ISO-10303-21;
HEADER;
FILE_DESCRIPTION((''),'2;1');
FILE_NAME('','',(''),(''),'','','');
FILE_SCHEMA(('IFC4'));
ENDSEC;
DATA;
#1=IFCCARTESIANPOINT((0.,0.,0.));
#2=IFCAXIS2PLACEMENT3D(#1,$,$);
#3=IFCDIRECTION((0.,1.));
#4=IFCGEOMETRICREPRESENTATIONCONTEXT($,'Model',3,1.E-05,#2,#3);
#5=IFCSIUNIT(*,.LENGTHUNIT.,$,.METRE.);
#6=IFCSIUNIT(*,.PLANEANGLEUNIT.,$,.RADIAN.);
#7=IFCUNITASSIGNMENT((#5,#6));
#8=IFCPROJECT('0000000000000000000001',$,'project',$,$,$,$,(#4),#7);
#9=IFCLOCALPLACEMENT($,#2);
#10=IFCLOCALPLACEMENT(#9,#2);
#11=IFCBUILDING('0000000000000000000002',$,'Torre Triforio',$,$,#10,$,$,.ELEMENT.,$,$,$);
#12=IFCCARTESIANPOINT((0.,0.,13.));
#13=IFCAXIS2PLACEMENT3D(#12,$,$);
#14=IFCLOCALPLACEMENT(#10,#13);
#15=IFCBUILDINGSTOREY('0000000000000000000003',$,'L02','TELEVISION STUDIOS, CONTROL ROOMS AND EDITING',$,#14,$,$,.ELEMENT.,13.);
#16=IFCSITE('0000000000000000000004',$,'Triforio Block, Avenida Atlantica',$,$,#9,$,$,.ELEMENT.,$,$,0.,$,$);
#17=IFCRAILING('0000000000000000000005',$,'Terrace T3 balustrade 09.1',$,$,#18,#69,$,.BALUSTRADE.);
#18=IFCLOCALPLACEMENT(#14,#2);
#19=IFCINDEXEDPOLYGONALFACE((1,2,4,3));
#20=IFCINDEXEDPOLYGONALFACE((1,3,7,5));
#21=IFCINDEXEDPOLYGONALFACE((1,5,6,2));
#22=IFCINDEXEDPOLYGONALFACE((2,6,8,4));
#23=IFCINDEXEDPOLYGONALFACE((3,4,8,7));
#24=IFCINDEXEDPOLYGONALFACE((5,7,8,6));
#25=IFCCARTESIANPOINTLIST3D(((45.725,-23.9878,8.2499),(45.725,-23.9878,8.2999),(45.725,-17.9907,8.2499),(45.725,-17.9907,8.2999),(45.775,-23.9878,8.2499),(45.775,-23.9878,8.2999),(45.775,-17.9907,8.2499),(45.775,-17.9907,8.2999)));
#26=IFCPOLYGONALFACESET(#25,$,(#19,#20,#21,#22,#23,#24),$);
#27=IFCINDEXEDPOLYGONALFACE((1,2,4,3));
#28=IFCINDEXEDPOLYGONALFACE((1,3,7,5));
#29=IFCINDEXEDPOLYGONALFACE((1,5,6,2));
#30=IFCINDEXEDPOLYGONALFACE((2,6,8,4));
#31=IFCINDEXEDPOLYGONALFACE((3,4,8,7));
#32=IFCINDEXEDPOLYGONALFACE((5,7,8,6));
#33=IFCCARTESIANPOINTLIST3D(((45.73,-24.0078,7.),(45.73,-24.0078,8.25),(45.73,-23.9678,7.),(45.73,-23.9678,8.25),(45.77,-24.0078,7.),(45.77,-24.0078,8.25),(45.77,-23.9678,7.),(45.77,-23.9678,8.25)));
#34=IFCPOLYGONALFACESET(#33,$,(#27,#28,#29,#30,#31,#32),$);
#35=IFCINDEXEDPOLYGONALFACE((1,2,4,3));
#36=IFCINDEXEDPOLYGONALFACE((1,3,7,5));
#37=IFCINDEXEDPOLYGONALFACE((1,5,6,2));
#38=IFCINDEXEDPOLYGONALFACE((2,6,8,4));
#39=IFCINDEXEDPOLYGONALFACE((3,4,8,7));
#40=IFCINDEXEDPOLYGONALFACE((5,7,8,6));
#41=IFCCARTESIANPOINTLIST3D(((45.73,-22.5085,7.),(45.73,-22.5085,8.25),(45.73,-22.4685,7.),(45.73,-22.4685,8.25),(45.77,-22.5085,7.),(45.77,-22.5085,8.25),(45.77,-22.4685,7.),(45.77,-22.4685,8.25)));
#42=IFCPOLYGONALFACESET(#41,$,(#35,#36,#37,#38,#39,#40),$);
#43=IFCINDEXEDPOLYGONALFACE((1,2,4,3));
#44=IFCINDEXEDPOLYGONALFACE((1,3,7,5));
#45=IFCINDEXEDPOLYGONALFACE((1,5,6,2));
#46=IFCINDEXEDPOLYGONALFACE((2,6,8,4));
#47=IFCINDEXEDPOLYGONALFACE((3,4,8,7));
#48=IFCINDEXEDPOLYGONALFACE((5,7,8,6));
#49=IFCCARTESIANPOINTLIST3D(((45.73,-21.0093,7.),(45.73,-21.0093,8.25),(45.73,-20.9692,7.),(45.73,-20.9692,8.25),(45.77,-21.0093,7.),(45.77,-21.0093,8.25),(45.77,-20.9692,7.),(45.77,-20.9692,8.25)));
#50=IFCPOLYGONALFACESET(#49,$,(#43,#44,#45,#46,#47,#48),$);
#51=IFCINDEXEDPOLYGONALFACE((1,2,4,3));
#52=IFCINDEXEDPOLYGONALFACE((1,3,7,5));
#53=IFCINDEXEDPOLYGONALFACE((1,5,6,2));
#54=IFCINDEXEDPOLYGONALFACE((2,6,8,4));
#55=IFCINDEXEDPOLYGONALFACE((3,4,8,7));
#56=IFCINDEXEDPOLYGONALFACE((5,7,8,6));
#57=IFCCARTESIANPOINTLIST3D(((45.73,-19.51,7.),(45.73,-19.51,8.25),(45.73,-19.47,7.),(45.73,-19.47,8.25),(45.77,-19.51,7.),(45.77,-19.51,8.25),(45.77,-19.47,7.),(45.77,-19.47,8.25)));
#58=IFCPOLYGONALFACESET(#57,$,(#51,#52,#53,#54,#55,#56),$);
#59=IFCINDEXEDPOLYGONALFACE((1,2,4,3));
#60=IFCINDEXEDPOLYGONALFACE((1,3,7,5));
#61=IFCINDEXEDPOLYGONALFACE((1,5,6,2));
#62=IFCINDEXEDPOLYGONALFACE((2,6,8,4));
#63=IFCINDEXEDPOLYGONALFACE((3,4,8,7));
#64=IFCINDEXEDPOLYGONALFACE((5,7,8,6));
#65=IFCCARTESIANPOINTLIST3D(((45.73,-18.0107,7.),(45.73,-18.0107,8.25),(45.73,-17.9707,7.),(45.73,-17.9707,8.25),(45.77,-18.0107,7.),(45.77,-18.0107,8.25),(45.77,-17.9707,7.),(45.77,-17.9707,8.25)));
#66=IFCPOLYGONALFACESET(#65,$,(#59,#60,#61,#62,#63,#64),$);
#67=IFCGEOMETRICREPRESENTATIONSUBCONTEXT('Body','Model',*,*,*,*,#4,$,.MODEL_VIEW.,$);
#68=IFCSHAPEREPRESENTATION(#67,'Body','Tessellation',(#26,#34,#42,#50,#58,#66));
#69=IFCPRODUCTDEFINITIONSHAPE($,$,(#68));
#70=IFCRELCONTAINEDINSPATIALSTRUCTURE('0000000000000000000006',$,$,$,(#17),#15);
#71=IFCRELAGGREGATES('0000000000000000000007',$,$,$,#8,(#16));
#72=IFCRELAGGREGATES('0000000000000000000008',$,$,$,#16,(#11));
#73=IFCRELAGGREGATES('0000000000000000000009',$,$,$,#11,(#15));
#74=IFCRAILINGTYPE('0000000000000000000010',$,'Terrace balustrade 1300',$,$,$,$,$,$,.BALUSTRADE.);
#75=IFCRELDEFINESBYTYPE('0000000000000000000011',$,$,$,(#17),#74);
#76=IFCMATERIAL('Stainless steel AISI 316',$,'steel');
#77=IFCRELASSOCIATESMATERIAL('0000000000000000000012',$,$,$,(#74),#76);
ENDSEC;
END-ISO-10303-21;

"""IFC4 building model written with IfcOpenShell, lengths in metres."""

from ifc_helpers import new_model, si_unit, direction, frame, origin, origin_2d, place, context, subcontext, project, spatial, rectangle, extrude, material, type_object, element, save


model = new_model("IFC4")

# Units and contexts
model_context = context("Model", 3, precision=1e-05, world=origin(), true_north=direction((0.0, 1.0)))
body_context = subcontext(model_context, "Body", "Model", "MODEL_VIEW")
ifc_project = project(units=[si_unit("LENGTHUNIT", "METRE"), si_unit("PLANEANGLEUNIT", "RADIAN")], contexts=[model_context])

# Site, building, storey
site_placement = place(None, origin())
site = spatial("IfcSite", under=ifc_project, at=site_placement, Name="Triforio Block, Avenida Atlantica", CompositionType="ELEMENT", RefElevation=0.0)
building_placement = place(site_placement, origin())
building = spatial("IfcBuilding", under=site, at=building_placement, Name="Torre Triforio", CompositionType="ELEMENT")
storey_placement = place(building_placement, frame((0.0, 0.0, 13.0)))
storey = spatial("IfcBuildingStorey", under=building, at=storey_placement, Name="L02", Description="TELEVISION STUDIOS, CONTROL ROOMS AND EDITING", CompositionType="ELEMENT", Elevation=13.0)

# Railing
ifc_material_1 = material(Name="Stainless steel AISI 316", Category="steel")
railing_type = type_object("IfcRailingType", Name="Terrace balustrade 1300", PredefinedType="BALUSTRADE", material=ifc_material_1)
railing_1_placement = place(storey_placement, frame((45.75, -23.9878, 7.0)))
element("IfcRailing", 1, at=railing_1_placement, inside=storey, type_object=railing_type, Name="Terrace T3 balustrade 09.1", PredefinedType="BALUSTRADE", context=body_context, shape_type="SweptSolid", body=[
    extrude(rectangle(XDim=0.05, YDim=0.05, at=origin_2d()), frame((0.0, 0.0, 1.2749), z_axis=(0.0, 1.0, 0.0), x_axis=(-1.0, 0.0, 0.0)), (0.0, 0.0, 1.0), 5.9971),
    extrude(rectangle(XDim=0.04, YDim=0.04, at=origin_2d()), origin(), (0.0, 0.0, 1.0), 1.25),
    extrude(rectangle(XDim=0.04, YDim=0.04, at=origin_2d()), frame((0.0, 1.4993, 0.0)), (0.0, 0.0, 1.0), 1.25),
    extrude(rectangle(XDim=0.04, YDim=0.04, at=origin_2d()), frame((0.0, 2.9985, 0.0)), (0.0, 0.0, 1.0), 1.25),
    extrude(rectangle(XDim=0.04, YDim=0.04, at=origin_2d()), frame((0.0, 4.4978, 0.0)), (0.0, 0.0, 1.0), 1.25),
    extrude(rectangle(XDim=0.04, YDim=0.04, at=origin_2d()), frame((0.0, 5.9971, 0.0)), (0.0, 0.0, 1.0), 1.25),
])

save(model, "model.ifc")
